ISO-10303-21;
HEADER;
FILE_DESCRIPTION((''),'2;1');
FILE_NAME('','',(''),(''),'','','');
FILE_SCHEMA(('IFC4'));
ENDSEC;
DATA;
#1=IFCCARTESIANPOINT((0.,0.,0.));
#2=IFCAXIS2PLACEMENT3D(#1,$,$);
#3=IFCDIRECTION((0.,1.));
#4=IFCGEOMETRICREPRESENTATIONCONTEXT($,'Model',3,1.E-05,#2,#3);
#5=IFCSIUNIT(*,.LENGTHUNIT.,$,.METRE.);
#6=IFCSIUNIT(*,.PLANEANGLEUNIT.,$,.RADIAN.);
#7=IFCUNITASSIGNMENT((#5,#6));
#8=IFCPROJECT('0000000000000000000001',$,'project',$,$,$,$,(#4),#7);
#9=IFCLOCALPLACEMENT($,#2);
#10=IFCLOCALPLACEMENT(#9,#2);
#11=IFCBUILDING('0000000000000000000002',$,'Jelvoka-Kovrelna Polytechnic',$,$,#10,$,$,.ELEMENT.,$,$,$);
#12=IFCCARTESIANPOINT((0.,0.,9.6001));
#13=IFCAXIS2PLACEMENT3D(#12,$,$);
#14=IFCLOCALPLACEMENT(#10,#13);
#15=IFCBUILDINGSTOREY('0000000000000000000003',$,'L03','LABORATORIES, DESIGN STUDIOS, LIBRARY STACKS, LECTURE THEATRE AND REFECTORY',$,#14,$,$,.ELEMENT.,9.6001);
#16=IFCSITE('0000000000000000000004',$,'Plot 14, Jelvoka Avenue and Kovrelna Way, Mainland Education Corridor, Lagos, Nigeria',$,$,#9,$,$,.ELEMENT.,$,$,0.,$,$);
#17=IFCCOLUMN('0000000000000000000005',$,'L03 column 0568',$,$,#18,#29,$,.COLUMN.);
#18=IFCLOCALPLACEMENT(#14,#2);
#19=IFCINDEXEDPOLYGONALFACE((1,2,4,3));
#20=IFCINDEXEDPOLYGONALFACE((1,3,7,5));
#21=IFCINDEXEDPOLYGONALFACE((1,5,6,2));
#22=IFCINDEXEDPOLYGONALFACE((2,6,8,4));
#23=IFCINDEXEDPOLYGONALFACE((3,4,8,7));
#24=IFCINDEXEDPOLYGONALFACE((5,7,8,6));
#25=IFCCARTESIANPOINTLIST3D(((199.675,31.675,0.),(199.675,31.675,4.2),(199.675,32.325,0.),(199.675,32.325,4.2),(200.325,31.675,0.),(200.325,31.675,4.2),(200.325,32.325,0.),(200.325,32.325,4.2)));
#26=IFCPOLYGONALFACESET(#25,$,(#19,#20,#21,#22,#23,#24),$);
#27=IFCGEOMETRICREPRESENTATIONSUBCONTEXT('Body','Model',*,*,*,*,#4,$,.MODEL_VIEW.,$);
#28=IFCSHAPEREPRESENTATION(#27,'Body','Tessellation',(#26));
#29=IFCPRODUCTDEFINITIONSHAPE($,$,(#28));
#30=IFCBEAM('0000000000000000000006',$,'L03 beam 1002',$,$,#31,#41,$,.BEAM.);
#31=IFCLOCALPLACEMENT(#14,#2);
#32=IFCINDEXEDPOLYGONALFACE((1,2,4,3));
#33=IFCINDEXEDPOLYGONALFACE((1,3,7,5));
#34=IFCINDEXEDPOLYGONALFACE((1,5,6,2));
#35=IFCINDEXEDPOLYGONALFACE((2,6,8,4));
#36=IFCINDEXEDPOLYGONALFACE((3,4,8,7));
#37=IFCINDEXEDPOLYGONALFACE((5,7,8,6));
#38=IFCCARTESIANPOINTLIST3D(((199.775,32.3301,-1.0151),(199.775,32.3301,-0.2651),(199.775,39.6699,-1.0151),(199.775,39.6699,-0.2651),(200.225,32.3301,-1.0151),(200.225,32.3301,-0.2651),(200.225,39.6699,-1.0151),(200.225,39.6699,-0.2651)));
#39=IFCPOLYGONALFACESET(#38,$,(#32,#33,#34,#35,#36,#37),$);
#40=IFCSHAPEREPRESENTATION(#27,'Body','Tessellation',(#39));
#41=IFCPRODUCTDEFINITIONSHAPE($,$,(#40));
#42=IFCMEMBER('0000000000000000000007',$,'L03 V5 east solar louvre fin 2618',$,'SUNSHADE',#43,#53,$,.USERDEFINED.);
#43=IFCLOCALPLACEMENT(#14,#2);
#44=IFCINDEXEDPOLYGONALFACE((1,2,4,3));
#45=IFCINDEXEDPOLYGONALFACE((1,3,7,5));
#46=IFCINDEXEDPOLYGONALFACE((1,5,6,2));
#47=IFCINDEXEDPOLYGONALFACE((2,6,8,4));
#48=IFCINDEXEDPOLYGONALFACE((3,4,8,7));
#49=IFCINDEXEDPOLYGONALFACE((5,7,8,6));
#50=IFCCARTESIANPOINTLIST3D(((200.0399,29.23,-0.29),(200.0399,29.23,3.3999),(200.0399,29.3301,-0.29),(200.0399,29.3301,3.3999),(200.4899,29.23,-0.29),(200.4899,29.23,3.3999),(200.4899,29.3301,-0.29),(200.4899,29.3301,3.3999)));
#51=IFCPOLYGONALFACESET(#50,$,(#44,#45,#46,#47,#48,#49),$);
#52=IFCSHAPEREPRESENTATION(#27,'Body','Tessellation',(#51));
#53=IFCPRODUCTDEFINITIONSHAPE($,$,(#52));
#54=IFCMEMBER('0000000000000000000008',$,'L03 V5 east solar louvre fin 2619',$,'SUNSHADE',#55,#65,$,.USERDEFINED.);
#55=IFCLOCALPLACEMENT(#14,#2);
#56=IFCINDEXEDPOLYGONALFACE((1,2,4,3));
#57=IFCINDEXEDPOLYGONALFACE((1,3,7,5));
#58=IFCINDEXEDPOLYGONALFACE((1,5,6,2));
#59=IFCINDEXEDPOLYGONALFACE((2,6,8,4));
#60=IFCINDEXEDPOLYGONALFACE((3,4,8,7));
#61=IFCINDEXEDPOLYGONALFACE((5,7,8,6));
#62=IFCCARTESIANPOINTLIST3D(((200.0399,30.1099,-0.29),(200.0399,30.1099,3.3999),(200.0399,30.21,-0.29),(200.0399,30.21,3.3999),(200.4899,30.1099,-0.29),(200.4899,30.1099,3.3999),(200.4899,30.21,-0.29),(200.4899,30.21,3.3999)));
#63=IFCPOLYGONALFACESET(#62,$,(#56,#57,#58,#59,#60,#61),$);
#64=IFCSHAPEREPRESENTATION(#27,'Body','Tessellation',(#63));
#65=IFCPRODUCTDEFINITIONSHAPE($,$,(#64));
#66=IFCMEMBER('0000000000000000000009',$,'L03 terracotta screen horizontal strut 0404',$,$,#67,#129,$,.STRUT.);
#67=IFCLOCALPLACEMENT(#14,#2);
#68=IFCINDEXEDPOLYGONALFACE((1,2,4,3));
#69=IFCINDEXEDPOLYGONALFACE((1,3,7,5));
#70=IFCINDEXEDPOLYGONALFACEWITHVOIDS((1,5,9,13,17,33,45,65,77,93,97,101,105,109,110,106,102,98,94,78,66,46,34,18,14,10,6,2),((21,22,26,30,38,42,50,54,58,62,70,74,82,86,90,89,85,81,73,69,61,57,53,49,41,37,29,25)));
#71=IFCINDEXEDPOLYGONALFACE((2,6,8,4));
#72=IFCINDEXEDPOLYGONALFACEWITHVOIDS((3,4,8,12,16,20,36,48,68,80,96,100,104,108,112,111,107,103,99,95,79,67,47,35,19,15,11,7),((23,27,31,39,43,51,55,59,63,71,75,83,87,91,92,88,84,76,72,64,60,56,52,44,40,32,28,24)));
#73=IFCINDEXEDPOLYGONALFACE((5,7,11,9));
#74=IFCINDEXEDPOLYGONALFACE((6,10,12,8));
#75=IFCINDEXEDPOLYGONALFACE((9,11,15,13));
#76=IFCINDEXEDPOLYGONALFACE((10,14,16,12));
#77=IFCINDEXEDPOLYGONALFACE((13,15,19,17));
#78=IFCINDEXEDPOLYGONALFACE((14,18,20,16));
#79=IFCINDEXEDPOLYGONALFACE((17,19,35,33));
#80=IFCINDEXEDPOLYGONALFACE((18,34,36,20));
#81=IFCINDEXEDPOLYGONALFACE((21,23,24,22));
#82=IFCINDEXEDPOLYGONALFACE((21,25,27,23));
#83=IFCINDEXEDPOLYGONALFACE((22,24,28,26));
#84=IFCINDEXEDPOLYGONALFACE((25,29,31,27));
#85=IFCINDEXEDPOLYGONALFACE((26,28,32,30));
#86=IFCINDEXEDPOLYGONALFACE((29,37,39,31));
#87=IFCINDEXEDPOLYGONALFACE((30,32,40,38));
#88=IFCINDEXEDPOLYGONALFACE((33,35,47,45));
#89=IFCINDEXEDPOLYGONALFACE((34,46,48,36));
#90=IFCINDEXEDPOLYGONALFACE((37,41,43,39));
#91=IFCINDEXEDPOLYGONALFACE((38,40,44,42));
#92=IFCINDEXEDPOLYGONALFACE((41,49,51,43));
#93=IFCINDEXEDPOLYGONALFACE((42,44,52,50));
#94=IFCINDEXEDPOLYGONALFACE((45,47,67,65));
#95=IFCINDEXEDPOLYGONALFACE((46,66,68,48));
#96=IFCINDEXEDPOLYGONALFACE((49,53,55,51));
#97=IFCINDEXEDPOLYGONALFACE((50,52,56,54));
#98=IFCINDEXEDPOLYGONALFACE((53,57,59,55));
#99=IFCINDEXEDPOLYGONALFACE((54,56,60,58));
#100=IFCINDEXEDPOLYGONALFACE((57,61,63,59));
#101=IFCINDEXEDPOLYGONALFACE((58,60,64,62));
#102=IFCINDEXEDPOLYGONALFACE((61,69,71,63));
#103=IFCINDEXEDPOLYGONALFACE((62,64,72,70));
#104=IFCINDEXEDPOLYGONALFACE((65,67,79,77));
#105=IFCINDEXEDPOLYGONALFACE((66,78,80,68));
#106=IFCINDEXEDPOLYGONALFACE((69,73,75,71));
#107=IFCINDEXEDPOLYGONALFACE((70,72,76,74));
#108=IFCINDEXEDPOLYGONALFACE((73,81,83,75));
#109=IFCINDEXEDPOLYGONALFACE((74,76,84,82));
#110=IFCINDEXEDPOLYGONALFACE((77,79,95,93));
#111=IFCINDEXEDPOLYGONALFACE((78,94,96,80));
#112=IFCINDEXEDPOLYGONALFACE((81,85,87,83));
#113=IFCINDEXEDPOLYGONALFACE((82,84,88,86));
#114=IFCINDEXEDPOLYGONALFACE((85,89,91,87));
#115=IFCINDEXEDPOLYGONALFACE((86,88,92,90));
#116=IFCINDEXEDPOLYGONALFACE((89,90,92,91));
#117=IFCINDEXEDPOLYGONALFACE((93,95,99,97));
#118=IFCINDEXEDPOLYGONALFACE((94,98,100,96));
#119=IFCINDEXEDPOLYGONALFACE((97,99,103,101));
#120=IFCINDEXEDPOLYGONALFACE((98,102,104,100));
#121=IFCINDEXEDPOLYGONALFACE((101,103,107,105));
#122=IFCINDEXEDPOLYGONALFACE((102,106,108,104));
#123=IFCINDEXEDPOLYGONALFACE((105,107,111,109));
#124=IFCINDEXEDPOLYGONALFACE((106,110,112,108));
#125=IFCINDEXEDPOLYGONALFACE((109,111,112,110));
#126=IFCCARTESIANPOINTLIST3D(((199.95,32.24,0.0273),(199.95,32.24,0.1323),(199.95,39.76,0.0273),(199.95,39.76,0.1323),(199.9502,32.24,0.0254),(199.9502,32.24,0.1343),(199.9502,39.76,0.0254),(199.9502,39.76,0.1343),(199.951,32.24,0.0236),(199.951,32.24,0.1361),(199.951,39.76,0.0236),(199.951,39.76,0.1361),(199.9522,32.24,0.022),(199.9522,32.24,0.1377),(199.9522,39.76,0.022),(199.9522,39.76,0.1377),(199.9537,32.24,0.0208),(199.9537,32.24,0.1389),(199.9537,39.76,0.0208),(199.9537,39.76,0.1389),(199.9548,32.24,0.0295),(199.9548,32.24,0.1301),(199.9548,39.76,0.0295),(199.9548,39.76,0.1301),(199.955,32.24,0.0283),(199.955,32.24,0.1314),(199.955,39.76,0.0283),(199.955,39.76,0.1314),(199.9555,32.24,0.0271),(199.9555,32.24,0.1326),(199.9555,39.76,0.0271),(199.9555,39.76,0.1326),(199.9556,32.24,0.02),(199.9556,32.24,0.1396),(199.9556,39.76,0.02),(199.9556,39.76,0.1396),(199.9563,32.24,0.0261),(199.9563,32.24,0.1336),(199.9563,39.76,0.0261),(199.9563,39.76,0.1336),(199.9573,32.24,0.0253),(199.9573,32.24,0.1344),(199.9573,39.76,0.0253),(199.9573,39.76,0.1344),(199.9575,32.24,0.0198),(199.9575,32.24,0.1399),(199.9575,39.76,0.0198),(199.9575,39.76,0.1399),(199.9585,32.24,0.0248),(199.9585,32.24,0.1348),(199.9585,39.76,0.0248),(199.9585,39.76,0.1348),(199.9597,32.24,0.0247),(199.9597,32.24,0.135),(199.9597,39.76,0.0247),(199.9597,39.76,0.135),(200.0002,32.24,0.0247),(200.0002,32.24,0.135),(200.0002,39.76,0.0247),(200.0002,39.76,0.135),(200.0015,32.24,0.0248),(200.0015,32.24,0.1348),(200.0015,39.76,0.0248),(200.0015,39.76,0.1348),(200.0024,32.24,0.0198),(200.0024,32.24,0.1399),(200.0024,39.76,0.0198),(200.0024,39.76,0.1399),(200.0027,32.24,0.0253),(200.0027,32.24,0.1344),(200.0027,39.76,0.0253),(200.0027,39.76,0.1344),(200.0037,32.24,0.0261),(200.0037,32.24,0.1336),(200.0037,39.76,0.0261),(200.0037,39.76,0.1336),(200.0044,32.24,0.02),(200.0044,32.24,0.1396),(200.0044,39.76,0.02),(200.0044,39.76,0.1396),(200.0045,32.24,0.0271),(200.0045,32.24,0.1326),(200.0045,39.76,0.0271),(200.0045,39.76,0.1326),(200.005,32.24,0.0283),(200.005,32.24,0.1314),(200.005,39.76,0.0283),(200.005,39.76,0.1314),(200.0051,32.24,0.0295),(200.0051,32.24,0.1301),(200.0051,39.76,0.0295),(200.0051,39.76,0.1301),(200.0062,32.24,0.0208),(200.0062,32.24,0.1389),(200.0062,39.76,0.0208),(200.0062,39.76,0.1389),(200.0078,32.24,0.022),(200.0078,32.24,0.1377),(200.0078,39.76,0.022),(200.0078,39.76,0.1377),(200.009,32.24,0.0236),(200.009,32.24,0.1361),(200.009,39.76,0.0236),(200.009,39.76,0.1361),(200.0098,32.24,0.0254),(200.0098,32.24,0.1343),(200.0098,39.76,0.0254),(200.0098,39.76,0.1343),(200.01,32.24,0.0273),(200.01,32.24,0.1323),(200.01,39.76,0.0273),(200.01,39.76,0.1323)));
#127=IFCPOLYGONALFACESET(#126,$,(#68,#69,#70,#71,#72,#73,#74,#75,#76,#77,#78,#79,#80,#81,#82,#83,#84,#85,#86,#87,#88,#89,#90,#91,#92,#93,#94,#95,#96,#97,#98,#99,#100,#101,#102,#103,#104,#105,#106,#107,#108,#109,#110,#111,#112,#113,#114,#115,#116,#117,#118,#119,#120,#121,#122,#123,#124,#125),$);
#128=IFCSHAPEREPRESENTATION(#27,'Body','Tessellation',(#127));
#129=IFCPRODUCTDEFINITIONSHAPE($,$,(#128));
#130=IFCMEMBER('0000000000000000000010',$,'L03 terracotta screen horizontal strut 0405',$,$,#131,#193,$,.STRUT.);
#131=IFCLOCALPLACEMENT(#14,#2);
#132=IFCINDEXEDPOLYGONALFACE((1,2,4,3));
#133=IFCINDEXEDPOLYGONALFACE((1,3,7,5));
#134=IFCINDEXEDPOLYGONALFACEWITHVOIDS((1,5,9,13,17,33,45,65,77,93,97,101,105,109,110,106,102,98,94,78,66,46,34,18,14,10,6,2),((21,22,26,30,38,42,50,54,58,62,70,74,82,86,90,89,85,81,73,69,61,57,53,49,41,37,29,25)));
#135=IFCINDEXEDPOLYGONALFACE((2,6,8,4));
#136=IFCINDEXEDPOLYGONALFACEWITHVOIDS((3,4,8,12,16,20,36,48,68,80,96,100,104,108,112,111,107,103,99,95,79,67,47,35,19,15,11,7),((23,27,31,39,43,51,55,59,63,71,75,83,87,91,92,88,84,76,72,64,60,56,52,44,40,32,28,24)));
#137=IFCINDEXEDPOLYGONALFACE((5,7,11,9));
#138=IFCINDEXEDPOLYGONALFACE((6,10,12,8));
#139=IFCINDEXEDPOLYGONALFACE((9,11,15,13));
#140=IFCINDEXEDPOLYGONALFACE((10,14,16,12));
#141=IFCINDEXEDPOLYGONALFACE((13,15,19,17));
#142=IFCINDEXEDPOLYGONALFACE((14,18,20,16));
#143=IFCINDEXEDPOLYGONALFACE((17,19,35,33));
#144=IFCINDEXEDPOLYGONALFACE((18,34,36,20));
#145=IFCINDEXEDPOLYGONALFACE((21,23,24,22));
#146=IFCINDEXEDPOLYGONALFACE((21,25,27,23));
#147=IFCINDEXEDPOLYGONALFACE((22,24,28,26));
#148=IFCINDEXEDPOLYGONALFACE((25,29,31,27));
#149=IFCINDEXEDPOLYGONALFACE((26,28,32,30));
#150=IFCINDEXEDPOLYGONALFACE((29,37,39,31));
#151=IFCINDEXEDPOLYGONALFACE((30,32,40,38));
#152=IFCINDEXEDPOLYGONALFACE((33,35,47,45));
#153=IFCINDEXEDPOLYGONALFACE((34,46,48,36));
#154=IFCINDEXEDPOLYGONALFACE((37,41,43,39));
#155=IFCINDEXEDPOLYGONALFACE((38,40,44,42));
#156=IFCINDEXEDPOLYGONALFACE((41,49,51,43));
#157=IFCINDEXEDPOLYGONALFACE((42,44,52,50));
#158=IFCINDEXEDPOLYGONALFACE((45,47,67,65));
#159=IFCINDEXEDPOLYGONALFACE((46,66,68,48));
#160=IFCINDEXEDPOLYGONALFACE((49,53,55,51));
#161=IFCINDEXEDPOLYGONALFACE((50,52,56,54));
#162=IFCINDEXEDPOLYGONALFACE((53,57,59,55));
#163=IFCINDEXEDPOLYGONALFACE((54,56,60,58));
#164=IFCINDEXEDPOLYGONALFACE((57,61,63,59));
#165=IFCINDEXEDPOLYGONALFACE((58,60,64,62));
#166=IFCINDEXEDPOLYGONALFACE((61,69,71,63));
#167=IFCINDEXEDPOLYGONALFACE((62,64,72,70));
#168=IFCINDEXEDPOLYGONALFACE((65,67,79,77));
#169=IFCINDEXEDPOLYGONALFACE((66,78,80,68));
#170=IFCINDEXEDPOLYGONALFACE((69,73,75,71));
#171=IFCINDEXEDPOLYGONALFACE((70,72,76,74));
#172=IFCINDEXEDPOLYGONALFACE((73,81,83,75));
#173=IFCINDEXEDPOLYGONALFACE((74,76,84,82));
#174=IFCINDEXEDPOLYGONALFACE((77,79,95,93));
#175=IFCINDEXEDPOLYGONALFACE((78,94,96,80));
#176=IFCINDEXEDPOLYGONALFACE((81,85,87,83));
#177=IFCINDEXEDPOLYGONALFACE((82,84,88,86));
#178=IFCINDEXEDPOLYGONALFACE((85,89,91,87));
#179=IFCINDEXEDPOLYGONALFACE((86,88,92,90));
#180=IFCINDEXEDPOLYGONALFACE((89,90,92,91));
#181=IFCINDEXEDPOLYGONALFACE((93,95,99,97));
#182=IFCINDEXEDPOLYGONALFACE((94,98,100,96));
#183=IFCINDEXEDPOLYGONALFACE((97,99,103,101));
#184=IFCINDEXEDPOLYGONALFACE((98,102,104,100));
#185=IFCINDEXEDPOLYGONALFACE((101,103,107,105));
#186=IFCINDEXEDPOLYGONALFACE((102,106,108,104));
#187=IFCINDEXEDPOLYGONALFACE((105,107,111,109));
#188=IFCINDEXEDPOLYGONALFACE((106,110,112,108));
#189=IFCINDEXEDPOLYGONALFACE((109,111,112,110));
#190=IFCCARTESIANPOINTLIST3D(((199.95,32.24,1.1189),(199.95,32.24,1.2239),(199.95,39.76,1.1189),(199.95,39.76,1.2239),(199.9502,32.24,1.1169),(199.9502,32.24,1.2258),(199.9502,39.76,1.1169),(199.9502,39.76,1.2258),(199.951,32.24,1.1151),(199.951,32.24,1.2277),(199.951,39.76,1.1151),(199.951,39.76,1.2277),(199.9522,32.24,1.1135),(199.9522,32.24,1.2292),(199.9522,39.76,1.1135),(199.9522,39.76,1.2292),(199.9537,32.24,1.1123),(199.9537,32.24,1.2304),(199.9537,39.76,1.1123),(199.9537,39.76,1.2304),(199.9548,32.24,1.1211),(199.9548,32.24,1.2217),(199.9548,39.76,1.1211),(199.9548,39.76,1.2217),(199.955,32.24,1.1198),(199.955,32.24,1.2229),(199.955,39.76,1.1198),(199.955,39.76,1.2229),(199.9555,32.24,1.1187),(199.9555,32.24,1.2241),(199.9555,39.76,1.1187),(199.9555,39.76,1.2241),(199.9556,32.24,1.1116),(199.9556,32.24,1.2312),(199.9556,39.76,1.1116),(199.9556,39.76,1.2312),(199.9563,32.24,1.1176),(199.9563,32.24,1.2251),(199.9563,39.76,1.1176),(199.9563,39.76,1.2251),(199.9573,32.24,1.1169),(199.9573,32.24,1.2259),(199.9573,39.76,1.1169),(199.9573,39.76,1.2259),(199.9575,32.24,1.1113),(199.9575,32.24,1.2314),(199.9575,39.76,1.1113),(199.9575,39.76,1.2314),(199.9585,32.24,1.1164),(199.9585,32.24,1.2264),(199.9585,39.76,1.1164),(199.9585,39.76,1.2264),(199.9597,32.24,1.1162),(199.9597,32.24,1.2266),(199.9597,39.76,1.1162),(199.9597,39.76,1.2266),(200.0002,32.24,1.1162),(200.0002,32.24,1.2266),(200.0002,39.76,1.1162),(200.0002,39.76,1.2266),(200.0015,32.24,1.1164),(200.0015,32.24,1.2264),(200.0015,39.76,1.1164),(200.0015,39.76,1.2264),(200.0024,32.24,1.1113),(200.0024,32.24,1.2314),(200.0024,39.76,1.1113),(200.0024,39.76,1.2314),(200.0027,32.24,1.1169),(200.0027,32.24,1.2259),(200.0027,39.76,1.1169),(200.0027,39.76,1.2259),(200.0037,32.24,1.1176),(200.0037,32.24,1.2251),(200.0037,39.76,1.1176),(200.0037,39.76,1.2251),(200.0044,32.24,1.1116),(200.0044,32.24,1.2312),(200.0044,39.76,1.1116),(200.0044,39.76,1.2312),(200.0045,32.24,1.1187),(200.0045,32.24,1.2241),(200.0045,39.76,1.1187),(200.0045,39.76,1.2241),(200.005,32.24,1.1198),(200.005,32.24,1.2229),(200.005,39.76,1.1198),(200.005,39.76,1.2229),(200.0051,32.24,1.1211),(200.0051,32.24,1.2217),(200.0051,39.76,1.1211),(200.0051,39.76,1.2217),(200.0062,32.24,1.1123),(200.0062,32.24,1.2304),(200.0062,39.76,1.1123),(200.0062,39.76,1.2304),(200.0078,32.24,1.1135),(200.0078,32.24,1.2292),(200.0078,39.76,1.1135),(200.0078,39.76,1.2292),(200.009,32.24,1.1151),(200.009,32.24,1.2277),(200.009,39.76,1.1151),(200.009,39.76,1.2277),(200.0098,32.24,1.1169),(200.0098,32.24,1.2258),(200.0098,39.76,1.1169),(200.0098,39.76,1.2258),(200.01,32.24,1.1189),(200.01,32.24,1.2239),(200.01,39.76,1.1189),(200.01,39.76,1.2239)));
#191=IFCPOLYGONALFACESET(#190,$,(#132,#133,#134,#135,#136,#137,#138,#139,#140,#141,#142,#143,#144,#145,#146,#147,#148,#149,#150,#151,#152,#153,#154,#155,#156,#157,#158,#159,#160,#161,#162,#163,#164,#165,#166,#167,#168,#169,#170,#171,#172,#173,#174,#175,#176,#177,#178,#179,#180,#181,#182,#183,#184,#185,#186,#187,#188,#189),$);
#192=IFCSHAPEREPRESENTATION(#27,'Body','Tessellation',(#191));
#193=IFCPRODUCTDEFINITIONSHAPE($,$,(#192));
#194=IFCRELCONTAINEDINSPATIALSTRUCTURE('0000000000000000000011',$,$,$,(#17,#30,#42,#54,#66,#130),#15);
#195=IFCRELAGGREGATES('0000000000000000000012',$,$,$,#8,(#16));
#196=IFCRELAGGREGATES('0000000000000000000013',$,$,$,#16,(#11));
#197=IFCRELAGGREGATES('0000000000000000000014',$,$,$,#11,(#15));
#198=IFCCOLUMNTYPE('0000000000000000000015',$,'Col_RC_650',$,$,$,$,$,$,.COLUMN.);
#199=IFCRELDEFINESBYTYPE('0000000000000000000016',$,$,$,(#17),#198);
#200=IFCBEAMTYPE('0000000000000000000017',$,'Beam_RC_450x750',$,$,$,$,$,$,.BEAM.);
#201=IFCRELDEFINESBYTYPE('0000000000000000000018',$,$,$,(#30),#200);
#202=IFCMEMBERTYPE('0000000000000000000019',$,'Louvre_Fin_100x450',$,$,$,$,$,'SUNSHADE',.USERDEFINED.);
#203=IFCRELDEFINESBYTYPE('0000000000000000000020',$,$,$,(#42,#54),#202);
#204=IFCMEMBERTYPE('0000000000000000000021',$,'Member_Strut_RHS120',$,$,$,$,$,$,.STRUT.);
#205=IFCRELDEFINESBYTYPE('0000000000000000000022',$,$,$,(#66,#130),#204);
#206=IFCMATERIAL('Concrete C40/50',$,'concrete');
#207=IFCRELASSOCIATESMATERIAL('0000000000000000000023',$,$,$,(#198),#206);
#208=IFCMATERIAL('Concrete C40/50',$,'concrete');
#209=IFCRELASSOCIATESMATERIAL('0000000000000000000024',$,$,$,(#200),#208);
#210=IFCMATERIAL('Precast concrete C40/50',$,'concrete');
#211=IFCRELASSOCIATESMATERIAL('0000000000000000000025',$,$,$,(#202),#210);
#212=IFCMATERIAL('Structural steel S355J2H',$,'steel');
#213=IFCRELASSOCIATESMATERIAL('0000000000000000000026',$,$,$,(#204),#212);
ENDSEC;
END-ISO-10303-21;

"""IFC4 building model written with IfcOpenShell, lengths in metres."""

from ifc_helpers import new_model, si_unit, direction, frame, origin, origin_2d, place, context, subcontext, project, spatial, rectangle, hollow_rectangle, extrude, material, material_profile, profile_set, type_object, element, save


model = new_model("IFC4")

# Units and contexts
model_context = context("Model", 3, precision=1e-05, world=origin(), true_north=direction((0.0, 1.0)))
body_context = subcontext(model_context, "Body", "Model", "MODEL_VIEW")
ifc_project = project(units=[si_unit("LENGTHUNIT", "METRE"), si_unit("PLANEANGLEUNIT", "RADIAN")], contexts=[model_context])

# Site, building, storey
site_placement = place(None, origin())
site = spatial("IfcSite", under=ifc_project, at=site_placement, Name="Plot 14, Jelvoka Avenue and Kovrelna Way, Mainland Education Corridor, Lagos, Nigeria", CompositionType="ELEMENT", RefElevation=0.0)
building_placement = place(site_placement, origin())
building = spatial("IfcBuilding", under=site, at=building_placement, Name="Jelvoka-Kovrelna Polytechnic", CompositionType="ELEMENT")
storey_placement = place(building_placement, frame((0.0, 0.0, 9.6001)))
storey = spatial("IfcBuildingStorey", under=building, at=storey_placement, Name="L03", Description="LABORATORIES, DESIGN STUDIOS, LIBRARY STACKS, LECTURE THEATRE AND REFECTORY", CompositionType="ELEMENT", Elevation=9.6001)

# Column
ifc_material_1 = material(Name="Concrete C40/50", Category="concrete")
ifc_material_profile_1 = material_profile(ifc_material_1, rectangle(XDim=0.6499, YDim=0.6499, at=origin_2d()), Name="RC 650x650")
ifc_profile_set_1 = profile_set([ifc_material_profile_1], Name="Concrete C40/50")
column_type = type_object("IfcColumnType", Name="Col_RC_650", PredefinedType="COLUMN", material=ifc_profile_set_1)
column_placement = place(storey_placement, frame((200.0, 32.0, 0.0), z_axis=(0.0, 0.0, 1.0), x_axis=(1.0, 0.0, 0.0)))
element("IfcColumn", 1, at=column_placement, inside=storey, type_object=column_type, Name="L03 column 0568", PredefinedType="COLUMN", context=body_context, shape_type="SweptSolid", body=[
    extrude(rectangle(XDim=0.6499, YDim=0.6499, at=origin_2d()), origin(), (0.0, 0.0, 1.0), 4.2),
])

# Beam
ifc_material_2 = material(Name="Concrete C40/50", Category="concrete")
ifc_material_profile_2 = material_profile(ifc_material_2, rectangle(XDim=0.45, YDim=0.75, at=origin_2d()), Name="RC 450x750")
ifc_profile_set_2 = profile_set([ifc_material_profile_2], Name="Concrete C40/50")
beam_type = type_object("IfcBeamType", Name="Beam_RC_450x750", PredefinedType="BEAM", material=ifc_profile_set_2)
beam_placement = place(storey_placement, frame((200.0, 32.3301, -0.6401), z_axis=(0.0, 1.0, 0.0), x_axis=(-1.0, 0.0, 0.0)))
element("IfcBeam", 2, at=beam_placement, inside=storey, type_object=beam_type, Name="L03 beam 1002", PredefinedType="BEAM", context=body_context, shape_type="SweptSolid", body=[
    extrude(rectangle(XDim=0.45, YDim=0.75, at=origin_2d()), origin(), (0.0, 0.0, 1.0), 7.3398),
])

# Members
ifc_material_3 = material(Name="Precast concrete C40/50", Category="concrete")
ifc_material_profile_3 = material_profile(ifc_material_3, rectangle(XDim=0.1001, YDim=0.45, at=origin_2d()), Name="PC 100x450")
ifc_profile_set_3 = profile_set([ifc_material_profile_3], Name="Precast concrete C40/50")
member_type_1 = type_object("IfcMemberType", Name="Louvre_Fin_100x450", ElementType="SUNSHADE", PredefinedType="USERDEFINED", material=ifc_profile_set_3)
for number, where, z_axis, x_axis, name in (
    (3, (200.2649, 29.28, -0.29), (0.0, 0.0, 1.0), (0.0, 1.0, 0.0), "L03 V5 east solar louvre fin 2618"),
    (4, (200.2649, 30.1599, -0.29), (0.0, 0.0, 1.0), (0.0, 1.0, 0.0), "L03 V5 east solar louvre fin 2619"),
):
    element("IfcMember", number, at=place(storey_placement, frame(where, z_axis=z_axis, x_axis=x_axis)), inside=storey, type_object=member_type_1, Name=name, ObjectType="SUNSHADE", PredefinedType="USERDEFINED", context=body_context, shape_type="SweptSolid", body=[
        extrude(rectangle(XDim=0.1001, YDim=0.45, at=origin_2d()), origin(), (0.0, 0.0, 1.0), 3.6899),
    ])
ifc_material_4 = material(Name="Structural steel S355J2H", Category="steel")
ifc_material_profile_4 = material_profile(ifc_material_4, hollow_rectangle(XDim=0.0601, YDim=0.1201, WallThickness=0.0049, InnerFilletRadius=0.0049, OuterFilletRadius=0.0076, at=origin_2d()), Name="120x60x5.0 RHS")
ifc_profile_set_4 = profile_set([ifc_material_profile_4], Name="Structural steel S355J2H")
member_type_2 = type_object("IfcMemberType", Name="Member_Strut_RHS120", PredefinedType="STRUT", material=ifc_profile_set_4)
for number, where, z_axis, x_axis, name in (
    (5, (199.98, 32.24, 0.0798), (0.0, 1.0, 0.0), (-1.0, 0.0, 0.0), "L03 terracotta screen horizontal strut 0404"),
    (6, (199.98, 32.24, 1.1714), (0.0, 1.0, 0.0), (-1.0, 0.0, 0.0), "L03 terracotta screen horizontal strut 0405"),
):
    element("IfcMember", number, at=place(storey_placement, frame(where, z_axis=z_axis, x_axis=x_axis)), inside=storey, type_object=member_type_2, Name=name, PredefinedType="STRUT", context=body_context, shape_type="SweptSolid", body=[
        extrude(hollow_rectangle(XDim=0.0601, YDim=0.1201, WallThickness=0.0049, InnerFilletRadius=0.0049, OuterFilletRadius=0.0076, at=origin_2d()), origin(), (0.0, 0.0, 1.0), 7.52),
    ])

save(model, "model.ifc")
